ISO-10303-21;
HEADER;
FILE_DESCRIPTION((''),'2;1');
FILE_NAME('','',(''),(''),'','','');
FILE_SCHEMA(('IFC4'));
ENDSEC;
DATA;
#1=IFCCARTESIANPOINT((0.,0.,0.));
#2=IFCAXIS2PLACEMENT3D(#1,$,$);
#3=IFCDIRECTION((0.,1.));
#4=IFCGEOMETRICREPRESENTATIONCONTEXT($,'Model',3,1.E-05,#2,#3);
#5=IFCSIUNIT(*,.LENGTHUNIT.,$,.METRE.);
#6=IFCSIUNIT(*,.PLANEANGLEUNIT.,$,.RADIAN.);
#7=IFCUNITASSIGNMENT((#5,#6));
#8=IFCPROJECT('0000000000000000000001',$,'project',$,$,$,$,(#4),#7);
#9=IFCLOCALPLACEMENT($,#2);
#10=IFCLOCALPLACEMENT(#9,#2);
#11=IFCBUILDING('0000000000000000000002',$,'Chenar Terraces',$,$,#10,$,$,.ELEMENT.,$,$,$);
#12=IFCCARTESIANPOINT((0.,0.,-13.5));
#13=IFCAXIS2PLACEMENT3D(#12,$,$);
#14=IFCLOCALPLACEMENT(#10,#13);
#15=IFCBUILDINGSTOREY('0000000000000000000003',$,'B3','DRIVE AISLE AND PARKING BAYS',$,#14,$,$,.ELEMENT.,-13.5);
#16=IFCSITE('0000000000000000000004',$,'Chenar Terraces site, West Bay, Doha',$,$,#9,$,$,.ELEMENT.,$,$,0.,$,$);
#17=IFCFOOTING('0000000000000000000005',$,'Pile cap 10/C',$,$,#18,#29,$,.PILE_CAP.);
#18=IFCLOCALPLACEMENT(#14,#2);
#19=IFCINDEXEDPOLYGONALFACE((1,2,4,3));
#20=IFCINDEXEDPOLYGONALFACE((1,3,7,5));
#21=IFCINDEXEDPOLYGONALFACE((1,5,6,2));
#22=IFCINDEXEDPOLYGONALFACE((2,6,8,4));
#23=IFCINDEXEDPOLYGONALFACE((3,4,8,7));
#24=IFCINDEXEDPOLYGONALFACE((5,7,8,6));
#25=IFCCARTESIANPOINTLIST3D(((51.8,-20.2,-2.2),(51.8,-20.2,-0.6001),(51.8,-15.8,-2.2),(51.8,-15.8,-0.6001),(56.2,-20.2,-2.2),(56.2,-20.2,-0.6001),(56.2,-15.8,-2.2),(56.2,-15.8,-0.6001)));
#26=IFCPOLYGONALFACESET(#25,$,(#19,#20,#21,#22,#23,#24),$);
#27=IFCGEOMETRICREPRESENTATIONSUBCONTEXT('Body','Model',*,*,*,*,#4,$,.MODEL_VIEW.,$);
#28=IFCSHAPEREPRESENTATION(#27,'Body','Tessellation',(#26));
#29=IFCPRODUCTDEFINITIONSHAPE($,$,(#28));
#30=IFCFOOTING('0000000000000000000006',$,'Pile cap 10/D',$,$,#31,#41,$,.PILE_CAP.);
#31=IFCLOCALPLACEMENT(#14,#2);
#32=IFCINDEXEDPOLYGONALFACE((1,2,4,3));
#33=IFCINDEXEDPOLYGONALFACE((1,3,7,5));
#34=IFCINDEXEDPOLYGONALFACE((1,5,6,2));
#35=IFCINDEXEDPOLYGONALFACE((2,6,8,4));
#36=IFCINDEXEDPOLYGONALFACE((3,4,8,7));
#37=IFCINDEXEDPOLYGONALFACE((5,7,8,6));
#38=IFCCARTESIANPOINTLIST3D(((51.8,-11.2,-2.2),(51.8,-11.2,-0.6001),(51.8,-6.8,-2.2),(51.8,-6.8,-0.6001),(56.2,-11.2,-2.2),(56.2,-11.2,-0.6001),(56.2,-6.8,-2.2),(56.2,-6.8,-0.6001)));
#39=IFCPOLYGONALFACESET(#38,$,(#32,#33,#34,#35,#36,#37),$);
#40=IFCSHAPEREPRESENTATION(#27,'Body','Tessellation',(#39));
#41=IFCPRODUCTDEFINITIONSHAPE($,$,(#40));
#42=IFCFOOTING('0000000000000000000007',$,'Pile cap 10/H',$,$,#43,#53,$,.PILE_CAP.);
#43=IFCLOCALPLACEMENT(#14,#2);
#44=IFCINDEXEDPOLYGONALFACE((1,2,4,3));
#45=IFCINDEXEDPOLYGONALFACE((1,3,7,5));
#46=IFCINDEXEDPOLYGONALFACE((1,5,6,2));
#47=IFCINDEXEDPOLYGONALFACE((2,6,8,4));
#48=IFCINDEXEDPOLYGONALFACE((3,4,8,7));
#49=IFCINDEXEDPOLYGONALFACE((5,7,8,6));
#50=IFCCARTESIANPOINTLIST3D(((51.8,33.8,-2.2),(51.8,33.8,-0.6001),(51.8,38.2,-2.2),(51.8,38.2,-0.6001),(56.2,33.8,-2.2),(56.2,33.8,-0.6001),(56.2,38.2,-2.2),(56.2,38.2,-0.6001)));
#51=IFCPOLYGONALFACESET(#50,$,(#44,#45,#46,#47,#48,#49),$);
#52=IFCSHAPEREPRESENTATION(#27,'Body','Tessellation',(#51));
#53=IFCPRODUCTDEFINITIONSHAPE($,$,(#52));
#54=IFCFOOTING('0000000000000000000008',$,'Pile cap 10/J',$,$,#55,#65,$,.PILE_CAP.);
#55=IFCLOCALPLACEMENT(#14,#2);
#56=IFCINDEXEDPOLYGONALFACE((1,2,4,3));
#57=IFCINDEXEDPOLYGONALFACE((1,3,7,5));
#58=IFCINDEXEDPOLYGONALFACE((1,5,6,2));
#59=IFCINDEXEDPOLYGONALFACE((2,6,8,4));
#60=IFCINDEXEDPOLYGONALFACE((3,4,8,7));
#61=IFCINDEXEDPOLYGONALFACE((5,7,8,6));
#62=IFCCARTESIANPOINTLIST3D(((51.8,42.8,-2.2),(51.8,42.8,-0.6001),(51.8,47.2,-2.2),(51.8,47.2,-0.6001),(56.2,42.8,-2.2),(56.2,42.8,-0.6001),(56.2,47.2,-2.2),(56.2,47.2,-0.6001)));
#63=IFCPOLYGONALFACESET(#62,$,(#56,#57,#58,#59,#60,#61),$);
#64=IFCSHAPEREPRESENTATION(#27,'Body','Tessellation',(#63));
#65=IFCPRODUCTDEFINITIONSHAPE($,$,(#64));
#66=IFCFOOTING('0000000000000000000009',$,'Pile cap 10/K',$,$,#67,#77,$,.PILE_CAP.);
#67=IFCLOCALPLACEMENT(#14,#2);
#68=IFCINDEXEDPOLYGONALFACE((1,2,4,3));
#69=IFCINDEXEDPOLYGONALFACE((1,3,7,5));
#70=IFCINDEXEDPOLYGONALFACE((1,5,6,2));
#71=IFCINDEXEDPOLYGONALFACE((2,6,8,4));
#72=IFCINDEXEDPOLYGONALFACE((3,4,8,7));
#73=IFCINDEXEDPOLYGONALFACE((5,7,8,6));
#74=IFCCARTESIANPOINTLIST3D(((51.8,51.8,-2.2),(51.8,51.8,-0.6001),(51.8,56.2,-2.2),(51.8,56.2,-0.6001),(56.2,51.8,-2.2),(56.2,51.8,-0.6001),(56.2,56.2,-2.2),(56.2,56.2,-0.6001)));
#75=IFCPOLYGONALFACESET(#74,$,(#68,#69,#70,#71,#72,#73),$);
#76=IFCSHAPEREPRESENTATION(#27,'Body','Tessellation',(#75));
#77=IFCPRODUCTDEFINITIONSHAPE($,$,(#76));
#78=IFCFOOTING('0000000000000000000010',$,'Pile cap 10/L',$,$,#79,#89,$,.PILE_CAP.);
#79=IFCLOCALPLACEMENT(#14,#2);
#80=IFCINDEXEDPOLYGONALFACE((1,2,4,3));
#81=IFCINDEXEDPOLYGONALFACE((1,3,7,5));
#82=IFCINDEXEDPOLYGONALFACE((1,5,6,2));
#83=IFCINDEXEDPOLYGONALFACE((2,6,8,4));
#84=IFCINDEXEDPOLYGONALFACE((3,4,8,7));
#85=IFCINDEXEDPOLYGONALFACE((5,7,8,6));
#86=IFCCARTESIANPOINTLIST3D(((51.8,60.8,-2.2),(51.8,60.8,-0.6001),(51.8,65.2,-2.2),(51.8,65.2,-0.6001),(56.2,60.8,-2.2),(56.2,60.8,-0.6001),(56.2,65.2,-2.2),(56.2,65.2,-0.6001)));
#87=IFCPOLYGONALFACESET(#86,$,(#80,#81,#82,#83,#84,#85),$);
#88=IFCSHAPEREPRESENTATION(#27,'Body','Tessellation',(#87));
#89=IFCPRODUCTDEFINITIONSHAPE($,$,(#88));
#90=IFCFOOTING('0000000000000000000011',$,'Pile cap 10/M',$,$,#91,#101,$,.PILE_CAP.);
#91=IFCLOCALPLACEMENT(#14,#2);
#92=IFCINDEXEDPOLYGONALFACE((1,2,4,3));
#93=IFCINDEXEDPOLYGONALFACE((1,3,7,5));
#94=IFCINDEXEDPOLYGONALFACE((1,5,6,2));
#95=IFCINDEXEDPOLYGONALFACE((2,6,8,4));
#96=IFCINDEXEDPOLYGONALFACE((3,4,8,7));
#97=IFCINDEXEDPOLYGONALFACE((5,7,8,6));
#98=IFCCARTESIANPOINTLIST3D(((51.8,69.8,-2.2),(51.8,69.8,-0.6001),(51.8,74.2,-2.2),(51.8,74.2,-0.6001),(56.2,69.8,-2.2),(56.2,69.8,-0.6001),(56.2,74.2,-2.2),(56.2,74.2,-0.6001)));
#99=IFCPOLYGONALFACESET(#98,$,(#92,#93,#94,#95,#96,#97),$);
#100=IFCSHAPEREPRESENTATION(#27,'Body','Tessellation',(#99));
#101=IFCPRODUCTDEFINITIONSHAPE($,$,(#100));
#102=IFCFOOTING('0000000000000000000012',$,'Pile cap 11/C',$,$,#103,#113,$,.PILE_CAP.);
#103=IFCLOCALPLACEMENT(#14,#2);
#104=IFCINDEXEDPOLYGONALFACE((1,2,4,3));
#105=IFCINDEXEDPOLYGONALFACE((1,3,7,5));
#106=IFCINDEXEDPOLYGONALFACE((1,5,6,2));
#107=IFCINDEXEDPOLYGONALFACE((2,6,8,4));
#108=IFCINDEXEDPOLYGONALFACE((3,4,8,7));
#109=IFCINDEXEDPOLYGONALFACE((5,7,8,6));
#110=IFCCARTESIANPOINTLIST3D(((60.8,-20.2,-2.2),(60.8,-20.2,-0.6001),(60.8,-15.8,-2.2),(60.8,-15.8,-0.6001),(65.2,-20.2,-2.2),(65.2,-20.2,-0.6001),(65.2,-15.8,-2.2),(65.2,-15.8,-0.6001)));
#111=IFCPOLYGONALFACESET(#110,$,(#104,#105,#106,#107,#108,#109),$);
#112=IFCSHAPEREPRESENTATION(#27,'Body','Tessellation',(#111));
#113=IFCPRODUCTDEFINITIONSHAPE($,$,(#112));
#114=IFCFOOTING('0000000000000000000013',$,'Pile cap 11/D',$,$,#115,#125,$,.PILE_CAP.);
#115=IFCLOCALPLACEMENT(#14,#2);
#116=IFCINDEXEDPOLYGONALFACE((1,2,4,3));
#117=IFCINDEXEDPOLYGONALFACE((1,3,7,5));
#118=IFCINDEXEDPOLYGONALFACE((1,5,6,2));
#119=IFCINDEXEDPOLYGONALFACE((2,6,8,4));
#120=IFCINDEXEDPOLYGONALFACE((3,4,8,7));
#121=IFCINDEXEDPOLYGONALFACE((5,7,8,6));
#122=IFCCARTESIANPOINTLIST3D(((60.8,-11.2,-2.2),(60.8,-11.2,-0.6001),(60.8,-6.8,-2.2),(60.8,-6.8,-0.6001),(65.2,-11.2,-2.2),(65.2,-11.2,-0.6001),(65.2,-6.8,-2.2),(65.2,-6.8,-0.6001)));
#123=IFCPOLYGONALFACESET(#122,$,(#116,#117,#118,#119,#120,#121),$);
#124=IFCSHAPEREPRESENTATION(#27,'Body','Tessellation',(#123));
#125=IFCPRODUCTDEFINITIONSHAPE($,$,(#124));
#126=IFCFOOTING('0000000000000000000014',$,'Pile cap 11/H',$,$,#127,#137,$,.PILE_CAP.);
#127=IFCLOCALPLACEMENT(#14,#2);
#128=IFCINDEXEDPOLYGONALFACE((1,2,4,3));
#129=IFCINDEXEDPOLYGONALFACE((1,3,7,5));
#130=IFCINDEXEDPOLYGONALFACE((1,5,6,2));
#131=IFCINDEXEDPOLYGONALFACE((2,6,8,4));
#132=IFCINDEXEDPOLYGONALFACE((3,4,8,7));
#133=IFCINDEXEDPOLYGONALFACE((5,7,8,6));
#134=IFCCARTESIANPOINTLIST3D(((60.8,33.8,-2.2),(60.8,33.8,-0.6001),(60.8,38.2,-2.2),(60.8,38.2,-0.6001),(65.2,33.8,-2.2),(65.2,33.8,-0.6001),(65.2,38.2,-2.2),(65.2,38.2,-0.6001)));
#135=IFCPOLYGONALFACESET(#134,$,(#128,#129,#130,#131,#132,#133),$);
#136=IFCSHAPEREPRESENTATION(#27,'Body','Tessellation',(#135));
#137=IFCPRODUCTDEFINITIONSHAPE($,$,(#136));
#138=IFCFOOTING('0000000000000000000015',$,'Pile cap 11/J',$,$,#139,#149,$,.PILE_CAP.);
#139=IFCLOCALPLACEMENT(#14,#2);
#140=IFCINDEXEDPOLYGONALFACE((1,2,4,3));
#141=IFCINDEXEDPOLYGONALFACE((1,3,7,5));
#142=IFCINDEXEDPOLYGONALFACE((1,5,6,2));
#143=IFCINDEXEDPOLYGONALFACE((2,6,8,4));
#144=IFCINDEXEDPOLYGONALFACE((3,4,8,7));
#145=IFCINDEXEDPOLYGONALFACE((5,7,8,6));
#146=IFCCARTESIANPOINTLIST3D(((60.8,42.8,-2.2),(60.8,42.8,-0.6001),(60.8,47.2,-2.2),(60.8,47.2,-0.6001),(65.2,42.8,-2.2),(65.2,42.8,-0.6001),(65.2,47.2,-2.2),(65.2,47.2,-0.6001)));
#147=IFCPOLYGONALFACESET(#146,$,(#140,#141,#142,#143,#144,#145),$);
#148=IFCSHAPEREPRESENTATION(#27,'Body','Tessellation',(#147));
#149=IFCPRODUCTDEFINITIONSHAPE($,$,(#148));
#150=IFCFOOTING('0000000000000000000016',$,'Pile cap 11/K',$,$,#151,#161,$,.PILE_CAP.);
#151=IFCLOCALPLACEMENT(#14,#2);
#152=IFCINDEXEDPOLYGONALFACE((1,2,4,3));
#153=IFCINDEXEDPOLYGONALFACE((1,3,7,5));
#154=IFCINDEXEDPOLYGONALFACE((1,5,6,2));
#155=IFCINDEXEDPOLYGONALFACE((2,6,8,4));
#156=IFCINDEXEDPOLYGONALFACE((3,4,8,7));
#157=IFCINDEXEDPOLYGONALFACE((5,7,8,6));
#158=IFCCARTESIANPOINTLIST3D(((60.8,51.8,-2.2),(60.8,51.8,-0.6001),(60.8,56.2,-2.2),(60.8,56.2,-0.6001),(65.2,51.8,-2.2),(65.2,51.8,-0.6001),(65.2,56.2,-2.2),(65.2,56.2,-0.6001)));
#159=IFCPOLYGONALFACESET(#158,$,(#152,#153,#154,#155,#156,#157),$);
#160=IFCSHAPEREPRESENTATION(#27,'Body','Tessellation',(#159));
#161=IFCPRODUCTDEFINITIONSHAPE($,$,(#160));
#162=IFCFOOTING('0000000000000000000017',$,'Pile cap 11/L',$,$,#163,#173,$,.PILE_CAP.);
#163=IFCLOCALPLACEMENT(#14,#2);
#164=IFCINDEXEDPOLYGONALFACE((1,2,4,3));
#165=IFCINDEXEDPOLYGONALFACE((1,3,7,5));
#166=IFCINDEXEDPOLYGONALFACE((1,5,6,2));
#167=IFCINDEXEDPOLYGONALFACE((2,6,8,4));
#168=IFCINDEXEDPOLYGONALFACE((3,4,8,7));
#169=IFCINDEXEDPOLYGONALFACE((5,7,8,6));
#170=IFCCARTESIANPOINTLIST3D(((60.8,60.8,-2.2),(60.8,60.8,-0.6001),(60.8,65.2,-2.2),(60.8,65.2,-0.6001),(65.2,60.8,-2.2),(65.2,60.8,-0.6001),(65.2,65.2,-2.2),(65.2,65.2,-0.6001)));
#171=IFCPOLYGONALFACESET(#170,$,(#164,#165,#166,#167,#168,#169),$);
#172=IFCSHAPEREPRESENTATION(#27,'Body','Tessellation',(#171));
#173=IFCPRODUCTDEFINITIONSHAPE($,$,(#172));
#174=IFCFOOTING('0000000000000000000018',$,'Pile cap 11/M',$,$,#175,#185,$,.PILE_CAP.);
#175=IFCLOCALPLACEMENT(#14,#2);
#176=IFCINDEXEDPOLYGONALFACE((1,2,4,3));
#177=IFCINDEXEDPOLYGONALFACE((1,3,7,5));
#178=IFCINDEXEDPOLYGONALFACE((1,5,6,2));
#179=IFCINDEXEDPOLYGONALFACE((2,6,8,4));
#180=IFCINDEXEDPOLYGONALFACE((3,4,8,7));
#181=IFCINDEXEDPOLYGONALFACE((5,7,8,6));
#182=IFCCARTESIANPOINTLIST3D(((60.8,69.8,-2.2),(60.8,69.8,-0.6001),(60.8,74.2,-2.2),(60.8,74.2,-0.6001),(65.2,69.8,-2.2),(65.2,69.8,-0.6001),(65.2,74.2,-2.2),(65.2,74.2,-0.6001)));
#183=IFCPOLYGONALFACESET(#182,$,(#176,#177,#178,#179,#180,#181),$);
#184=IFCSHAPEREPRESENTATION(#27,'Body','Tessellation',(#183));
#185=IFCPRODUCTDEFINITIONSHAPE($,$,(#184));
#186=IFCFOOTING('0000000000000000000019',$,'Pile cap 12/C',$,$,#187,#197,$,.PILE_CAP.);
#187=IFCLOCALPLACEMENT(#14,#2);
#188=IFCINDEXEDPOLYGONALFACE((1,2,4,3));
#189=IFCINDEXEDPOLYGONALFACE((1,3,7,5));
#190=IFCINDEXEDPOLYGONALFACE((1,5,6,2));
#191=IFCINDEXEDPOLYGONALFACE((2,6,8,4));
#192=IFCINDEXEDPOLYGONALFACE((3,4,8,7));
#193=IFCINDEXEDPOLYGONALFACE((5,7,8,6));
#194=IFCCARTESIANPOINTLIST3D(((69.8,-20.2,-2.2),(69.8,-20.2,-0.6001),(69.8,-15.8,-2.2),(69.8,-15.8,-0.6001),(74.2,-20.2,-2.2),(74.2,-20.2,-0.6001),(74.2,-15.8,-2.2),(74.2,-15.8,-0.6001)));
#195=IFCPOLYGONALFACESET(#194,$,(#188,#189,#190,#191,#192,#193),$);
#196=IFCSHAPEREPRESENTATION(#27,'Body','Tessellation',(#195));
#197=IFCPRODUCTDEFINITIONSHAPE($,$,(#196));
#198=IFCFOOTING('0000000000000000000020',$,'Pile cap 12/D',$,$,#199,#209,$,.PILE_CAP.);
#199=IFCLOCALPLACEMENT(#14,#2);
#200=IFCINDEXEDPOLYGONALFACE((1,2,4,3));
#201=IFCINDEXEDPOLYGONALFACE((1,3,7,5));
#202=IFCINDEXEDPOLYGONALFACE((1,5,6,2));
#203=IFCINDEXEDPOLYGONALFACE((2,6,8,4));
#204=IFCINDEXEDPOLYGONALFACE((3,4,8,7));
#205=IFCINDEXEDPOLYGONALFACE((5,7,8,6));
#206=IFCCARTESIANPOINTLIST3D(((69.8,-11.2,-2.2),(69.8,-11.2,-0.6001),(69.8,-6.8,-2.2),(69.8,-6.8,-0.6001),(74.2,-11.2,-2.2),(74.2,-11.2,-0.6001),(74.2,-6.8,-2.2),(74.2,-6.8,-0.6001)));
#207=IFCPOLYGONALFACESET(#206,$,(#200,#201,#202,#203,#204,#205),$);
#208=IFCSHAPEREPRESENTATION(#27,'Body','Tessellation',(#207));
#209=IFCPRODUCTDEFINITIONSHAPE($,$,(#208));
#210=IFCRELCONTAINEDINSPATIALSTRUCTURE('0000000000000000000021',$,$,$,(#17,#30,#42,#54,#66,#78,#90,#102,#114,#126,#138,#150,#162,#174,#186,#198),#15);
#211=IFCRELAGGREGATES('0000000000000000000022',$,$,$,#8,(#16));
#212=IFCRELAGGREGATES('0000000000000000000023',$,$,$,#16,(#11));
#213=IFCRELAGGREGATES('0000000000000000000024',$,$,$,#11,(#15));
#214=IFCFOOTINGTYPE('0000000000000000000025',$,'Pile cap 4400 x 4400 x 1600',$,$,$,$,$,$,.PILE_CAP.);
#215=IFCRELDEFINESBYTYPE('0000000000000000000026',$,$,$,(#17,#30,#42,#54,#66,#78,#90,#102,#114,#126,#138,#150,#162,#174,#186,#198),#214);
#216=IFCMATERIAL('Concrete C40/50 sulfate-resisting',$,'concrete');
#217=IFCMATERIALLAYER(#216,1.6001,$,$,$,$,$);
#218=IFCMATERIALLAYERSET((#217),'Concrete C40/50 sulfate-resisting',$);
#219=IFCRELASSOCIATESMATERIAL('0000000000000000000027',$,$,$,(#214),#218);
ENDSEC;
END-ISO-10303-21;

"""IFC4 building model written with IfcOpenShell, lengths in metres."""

from ifc_helpers import new_model, si_unit, direction, frame, origin, place, context, subcontext, project, spatial, polyline, outline, extrude, material, layer, layer_set, type_object, element, save


model = new_model("IFC4")

# Units and contexts
model_context = context("Model", 3, precision=1e-05, world=origin(), true_north=direction((0.0, 1.0)))
body_context = subcontext(model_context, "Body", "Model", "MODEL_VIEW")
ifc_project = project(units=[si_unit("LENGTHUNIT", "METRE"), si_unit("PLANEANGLEUNIT", "RADIAN")], contexts=[model_context])

# Site, building, storey
site_placement = place(None, origin())
site = spatial("IfcSite", under=ifc_project, at=site_placement, Name="Chenar Terraces site, West Bay, Doha", CompositionType="ELEMENT", RefElevation=0.0)
building_placement = place(site_placement, origin())
building = spatial("IfcBuilding", under=site, at=building_placement, Name="Chenar Terraces", CompositionType="ELEMENT")
storey_placement = place(building_placement, frame((0.0, 0.0, -13.5)))
storey = spatial("IfcBuildingStorey", under=building, at=storey_placement, Name="B3", Description="DRIVE AISLE AND PARKING BAYS", CompositionType="ELEMENT", Elevation=-13.5)

# Footings
ifc_material = material(Name="Concrete C40/50 sulfate-resisting", Category="concrete")
ifc_layer = layer(ifc_material, 1.6001)
ifc_layer_set = layer_set([ifc_layer], Name="Concrete C40/50 sulfate-resisting")
footing_type = type_object("IfcFootingType", Name="Pile cap 4400 x 4400 x 1600", PredefinedType="PILE_CAP", material=ifc_layer_set)
placement = place(storey_placement, frame((0.0, 0.0, -2.2)))
element("IfcFooting", 1, at=placement, inside=storey, type_object=footing_type, Name="Pile cap 10/C", PredefinedType="PILE_CAP", context=body_context, shape_type="SweptSolid", body=[
    extrude(outline(polyline([(56.2, -20.2), (56.2, -15.8), (51.8, -15.8), (51.8, -20.2), (56.2, -20.2)])), origin(), (0.0, 0.0, 1.0), 1.5999),
])
element("IfcFooting", 2, at=placement, inside=storey, type_object=footing_type, Name="Pile cap 10/D", PredefinedType="PILE_CAP", context=body_context, shape_type="SweptSolid", body=[
    extrude(outline(polyline([(56.2, -11.2), (56.2, -6.8), (51.8, -6.8), (51.8, -11.2), (56.2, -11.2)])), origin(), (0.0, 0.0, 1.0), 1.5999),
])
element("IfcFooting", 3, at=placement, inside=storey, type_object=footing_type, Name="Pile cap 10/H", PredefinedType="PILE_CAP", context=body_context, shape_type="SweptSolid", body=[
    extrude(outline(polyline([(56.2, 33.8), (56.2, 38.2), (51.8, 38.2), (51.8, 33.8), (56.2, 33.8)])), origin(), (0.0, 0.0, 1.0), 1.5999),
])
element("IfcFooting", 4, at=placement, inside=storey, type_object=footing_type, Name="Pile cap 10/J", PredefinedType="PILE_CAP", context=body_context, shape_type="SweptSolid", body=[
    extrude(outline(polyline([(56.2, 42.8), (56.2, 47.2), (51.8, 47.2), (51.8, 42.8), (56.2, 42.8)])), origin(), (0.0, 0.0, 1.0), 1.5999),
])
element("IfcFooting", 5, at=placement, inside=storey, type_object=footing_type, Name="Pile cap 10/K", PredefinedType="PILE_CAP", context=body_context, shape_type="SweptSolid", body=[
    extrude(outline(polyline([(56.2, 51.8), (56.2, 56.2), (51.8, 56.2), (51.8, 51.8), (56.2, 51.8)])), origin(), (0.0, 0.0, 1.0), 1.5999),
])
element("IfcFooting", 6, at=placement, inside=storey, type_object=footing_type, Name="Pile cap 10/L", PredefinedType="PILE_CAP", context=body_context, shape_type="SweptSolid", body=[
    extrude(outline(polyline([(56.2, 60.8), (56.2, 65.2), (51.8, 65.2), (51.8, 60.8), (56.2, 60.8)])), origin(), (0.0, 0.0, 1.0), 1.5999),
])
element("IfcFooting", 7, at=placement, inside=storey, type_object=footing_type, Name="Pile cap 10/M", PredefinedType="PILE_CAP", context=body_context, shape_type="SweptSolid", body=[
    extrude(outline(polyline([(56.2, 69.8), (56.2, 74.2), (51.8, 74.2), (51.8, 69.8), (56.2, 69.8)])), origin(), (0.0, 0.0, 1.0), 1.5999),
])
element("IfcFooting", 8, at=placement, inside=storey, type_object=footing_type, Name="Pile cap 11/C", PredefinedType="PILE_CAP", context=body_context, shape_type="SweptSolid", body=[
    extrude(outline(polyline([(65.2, -20.2), (65.2, -15.8), (60.8, -15.8), (60.8, -20.2), (65.2, -20.2)])), origin(), (0.0, 0.0, 1.0), 1.5999),
])
element("IfcFooting", 9, at=placement, inside=storey, type_object=footing_type, Name="Pile cap 11/D", PredefinedType="PILE_CAP", context=body_context, shape_type="SweptSolid", body=[
    extrude(outline(polyline([(65.2, -11.2), (65.2, -6.8), (60.8, -6.8), (60.8, -11.2), (65.2, -11.2)])), origin(), (0.0, 0.0, 1.0), 1.5999),
])
element("IfcFooting", 10, at=placement, inside=storey, type_object=footing_type, Name="Pile cap 11/H", PredefinedType="PILE_CAP", context=body_context, shape_type="SweptSolid", body=[
    extrude(outline(polyline([(65.2, 33.8), (65.2, 38.2), (60.8, 38.2), (60.8, 33.8), (65.2, 33.8)])), origin(), (0.0, 0.0, 1.0), 1.5999),
])
element("IfcFooting", 11, at=placement, inside=storey, type_object=footing_type, Name="Pile cap 11/J", PredefinedType="PILE_CAP", context=body_context, shape_type="SweptSolid", body=[
    extrude(outline(polyline([(65.2, 42.8), (65.2, 47.2), (60.8, 47.2), (60.8, 42.8), (65.2, 42.8)])), origin(), (0.0, 0.0, 1.0), 1.5999),
])
element("IfcFooting", 12, at=placement, inside=storey, type_object=footing_type, Name="Pile cap 11/K", PredefinedType="PILE_CAP", context=body_context, shape_type="SweptSolid", body=[
    extrude(outline(polyline([(65.2, 51.8), (65.2, 56.2), (60.8, 56.2), (60.8, 51.8), (65.2, 51.8)])), origin(), (0.0, 0.0, 1.0), 1.5999),
])
element("IfcFooting", 13, at=placement, inside=storey, type_object=footing_type, Name="Pile cap 11/L", PredefinedType="PILE_CAP", context=body_context, shape_type="SweptSolid", body=[
    extrude(outline(polyline([(65.2, 60.8), (65.2, 65.2), (60.8, 65.2), (60.8, 60.8), (65.2, 60.8)])), origin(), (0.0, 0.0, 1.0), 1.5999),
])
element("IfcFooting", 14, at=placement, inside=storey, type_object=footing_type, Name="Pile cap 11/M", PredefinedType="PILE_CAP", context=body_context, shape_type="SweptSolid", body=[
    extrude(outline(polyline([(65.2, 69.8), (65.2, 74.2), (60.8, 74.2), (60.8, 69.8), (65.2, 69.8)])), origin(), (0.0, 0.0, 1.0), 1.5999),
])
element("IfcFooting", 15, at=placement, inside=storey, type_object=footing_type, Name="Pile cap 12/C", PredefinedType="PILE_CAP", context=body_context, shape_type="SweptSolid", body=[
    extrude(outline(polyline([(74.2, -20.2), (74.2, -15.8), (69.8, -15.8), (69.8, -20.2), (74.2, -20.2)])), origin(), (0.0, 0.0, 1.0), 1.5999),
])
element("IfcFooting", 16, at=placement, inside=storey, type_object=footing_type, Name="Pile cap 12/D", PredefinedType="PILE_CAP", context=body_context, shape_type="SweptSolid", body=[
    extrude(outline(polyline([(74.2, -11.2), (74.2, -6.8), (69.8, -6.8), (69.8, -11.2), (74.2, -11.2)])), origin(), (0.0, 0.0, 1.0), 1.5999),
])

save(model, "model.ifc")
